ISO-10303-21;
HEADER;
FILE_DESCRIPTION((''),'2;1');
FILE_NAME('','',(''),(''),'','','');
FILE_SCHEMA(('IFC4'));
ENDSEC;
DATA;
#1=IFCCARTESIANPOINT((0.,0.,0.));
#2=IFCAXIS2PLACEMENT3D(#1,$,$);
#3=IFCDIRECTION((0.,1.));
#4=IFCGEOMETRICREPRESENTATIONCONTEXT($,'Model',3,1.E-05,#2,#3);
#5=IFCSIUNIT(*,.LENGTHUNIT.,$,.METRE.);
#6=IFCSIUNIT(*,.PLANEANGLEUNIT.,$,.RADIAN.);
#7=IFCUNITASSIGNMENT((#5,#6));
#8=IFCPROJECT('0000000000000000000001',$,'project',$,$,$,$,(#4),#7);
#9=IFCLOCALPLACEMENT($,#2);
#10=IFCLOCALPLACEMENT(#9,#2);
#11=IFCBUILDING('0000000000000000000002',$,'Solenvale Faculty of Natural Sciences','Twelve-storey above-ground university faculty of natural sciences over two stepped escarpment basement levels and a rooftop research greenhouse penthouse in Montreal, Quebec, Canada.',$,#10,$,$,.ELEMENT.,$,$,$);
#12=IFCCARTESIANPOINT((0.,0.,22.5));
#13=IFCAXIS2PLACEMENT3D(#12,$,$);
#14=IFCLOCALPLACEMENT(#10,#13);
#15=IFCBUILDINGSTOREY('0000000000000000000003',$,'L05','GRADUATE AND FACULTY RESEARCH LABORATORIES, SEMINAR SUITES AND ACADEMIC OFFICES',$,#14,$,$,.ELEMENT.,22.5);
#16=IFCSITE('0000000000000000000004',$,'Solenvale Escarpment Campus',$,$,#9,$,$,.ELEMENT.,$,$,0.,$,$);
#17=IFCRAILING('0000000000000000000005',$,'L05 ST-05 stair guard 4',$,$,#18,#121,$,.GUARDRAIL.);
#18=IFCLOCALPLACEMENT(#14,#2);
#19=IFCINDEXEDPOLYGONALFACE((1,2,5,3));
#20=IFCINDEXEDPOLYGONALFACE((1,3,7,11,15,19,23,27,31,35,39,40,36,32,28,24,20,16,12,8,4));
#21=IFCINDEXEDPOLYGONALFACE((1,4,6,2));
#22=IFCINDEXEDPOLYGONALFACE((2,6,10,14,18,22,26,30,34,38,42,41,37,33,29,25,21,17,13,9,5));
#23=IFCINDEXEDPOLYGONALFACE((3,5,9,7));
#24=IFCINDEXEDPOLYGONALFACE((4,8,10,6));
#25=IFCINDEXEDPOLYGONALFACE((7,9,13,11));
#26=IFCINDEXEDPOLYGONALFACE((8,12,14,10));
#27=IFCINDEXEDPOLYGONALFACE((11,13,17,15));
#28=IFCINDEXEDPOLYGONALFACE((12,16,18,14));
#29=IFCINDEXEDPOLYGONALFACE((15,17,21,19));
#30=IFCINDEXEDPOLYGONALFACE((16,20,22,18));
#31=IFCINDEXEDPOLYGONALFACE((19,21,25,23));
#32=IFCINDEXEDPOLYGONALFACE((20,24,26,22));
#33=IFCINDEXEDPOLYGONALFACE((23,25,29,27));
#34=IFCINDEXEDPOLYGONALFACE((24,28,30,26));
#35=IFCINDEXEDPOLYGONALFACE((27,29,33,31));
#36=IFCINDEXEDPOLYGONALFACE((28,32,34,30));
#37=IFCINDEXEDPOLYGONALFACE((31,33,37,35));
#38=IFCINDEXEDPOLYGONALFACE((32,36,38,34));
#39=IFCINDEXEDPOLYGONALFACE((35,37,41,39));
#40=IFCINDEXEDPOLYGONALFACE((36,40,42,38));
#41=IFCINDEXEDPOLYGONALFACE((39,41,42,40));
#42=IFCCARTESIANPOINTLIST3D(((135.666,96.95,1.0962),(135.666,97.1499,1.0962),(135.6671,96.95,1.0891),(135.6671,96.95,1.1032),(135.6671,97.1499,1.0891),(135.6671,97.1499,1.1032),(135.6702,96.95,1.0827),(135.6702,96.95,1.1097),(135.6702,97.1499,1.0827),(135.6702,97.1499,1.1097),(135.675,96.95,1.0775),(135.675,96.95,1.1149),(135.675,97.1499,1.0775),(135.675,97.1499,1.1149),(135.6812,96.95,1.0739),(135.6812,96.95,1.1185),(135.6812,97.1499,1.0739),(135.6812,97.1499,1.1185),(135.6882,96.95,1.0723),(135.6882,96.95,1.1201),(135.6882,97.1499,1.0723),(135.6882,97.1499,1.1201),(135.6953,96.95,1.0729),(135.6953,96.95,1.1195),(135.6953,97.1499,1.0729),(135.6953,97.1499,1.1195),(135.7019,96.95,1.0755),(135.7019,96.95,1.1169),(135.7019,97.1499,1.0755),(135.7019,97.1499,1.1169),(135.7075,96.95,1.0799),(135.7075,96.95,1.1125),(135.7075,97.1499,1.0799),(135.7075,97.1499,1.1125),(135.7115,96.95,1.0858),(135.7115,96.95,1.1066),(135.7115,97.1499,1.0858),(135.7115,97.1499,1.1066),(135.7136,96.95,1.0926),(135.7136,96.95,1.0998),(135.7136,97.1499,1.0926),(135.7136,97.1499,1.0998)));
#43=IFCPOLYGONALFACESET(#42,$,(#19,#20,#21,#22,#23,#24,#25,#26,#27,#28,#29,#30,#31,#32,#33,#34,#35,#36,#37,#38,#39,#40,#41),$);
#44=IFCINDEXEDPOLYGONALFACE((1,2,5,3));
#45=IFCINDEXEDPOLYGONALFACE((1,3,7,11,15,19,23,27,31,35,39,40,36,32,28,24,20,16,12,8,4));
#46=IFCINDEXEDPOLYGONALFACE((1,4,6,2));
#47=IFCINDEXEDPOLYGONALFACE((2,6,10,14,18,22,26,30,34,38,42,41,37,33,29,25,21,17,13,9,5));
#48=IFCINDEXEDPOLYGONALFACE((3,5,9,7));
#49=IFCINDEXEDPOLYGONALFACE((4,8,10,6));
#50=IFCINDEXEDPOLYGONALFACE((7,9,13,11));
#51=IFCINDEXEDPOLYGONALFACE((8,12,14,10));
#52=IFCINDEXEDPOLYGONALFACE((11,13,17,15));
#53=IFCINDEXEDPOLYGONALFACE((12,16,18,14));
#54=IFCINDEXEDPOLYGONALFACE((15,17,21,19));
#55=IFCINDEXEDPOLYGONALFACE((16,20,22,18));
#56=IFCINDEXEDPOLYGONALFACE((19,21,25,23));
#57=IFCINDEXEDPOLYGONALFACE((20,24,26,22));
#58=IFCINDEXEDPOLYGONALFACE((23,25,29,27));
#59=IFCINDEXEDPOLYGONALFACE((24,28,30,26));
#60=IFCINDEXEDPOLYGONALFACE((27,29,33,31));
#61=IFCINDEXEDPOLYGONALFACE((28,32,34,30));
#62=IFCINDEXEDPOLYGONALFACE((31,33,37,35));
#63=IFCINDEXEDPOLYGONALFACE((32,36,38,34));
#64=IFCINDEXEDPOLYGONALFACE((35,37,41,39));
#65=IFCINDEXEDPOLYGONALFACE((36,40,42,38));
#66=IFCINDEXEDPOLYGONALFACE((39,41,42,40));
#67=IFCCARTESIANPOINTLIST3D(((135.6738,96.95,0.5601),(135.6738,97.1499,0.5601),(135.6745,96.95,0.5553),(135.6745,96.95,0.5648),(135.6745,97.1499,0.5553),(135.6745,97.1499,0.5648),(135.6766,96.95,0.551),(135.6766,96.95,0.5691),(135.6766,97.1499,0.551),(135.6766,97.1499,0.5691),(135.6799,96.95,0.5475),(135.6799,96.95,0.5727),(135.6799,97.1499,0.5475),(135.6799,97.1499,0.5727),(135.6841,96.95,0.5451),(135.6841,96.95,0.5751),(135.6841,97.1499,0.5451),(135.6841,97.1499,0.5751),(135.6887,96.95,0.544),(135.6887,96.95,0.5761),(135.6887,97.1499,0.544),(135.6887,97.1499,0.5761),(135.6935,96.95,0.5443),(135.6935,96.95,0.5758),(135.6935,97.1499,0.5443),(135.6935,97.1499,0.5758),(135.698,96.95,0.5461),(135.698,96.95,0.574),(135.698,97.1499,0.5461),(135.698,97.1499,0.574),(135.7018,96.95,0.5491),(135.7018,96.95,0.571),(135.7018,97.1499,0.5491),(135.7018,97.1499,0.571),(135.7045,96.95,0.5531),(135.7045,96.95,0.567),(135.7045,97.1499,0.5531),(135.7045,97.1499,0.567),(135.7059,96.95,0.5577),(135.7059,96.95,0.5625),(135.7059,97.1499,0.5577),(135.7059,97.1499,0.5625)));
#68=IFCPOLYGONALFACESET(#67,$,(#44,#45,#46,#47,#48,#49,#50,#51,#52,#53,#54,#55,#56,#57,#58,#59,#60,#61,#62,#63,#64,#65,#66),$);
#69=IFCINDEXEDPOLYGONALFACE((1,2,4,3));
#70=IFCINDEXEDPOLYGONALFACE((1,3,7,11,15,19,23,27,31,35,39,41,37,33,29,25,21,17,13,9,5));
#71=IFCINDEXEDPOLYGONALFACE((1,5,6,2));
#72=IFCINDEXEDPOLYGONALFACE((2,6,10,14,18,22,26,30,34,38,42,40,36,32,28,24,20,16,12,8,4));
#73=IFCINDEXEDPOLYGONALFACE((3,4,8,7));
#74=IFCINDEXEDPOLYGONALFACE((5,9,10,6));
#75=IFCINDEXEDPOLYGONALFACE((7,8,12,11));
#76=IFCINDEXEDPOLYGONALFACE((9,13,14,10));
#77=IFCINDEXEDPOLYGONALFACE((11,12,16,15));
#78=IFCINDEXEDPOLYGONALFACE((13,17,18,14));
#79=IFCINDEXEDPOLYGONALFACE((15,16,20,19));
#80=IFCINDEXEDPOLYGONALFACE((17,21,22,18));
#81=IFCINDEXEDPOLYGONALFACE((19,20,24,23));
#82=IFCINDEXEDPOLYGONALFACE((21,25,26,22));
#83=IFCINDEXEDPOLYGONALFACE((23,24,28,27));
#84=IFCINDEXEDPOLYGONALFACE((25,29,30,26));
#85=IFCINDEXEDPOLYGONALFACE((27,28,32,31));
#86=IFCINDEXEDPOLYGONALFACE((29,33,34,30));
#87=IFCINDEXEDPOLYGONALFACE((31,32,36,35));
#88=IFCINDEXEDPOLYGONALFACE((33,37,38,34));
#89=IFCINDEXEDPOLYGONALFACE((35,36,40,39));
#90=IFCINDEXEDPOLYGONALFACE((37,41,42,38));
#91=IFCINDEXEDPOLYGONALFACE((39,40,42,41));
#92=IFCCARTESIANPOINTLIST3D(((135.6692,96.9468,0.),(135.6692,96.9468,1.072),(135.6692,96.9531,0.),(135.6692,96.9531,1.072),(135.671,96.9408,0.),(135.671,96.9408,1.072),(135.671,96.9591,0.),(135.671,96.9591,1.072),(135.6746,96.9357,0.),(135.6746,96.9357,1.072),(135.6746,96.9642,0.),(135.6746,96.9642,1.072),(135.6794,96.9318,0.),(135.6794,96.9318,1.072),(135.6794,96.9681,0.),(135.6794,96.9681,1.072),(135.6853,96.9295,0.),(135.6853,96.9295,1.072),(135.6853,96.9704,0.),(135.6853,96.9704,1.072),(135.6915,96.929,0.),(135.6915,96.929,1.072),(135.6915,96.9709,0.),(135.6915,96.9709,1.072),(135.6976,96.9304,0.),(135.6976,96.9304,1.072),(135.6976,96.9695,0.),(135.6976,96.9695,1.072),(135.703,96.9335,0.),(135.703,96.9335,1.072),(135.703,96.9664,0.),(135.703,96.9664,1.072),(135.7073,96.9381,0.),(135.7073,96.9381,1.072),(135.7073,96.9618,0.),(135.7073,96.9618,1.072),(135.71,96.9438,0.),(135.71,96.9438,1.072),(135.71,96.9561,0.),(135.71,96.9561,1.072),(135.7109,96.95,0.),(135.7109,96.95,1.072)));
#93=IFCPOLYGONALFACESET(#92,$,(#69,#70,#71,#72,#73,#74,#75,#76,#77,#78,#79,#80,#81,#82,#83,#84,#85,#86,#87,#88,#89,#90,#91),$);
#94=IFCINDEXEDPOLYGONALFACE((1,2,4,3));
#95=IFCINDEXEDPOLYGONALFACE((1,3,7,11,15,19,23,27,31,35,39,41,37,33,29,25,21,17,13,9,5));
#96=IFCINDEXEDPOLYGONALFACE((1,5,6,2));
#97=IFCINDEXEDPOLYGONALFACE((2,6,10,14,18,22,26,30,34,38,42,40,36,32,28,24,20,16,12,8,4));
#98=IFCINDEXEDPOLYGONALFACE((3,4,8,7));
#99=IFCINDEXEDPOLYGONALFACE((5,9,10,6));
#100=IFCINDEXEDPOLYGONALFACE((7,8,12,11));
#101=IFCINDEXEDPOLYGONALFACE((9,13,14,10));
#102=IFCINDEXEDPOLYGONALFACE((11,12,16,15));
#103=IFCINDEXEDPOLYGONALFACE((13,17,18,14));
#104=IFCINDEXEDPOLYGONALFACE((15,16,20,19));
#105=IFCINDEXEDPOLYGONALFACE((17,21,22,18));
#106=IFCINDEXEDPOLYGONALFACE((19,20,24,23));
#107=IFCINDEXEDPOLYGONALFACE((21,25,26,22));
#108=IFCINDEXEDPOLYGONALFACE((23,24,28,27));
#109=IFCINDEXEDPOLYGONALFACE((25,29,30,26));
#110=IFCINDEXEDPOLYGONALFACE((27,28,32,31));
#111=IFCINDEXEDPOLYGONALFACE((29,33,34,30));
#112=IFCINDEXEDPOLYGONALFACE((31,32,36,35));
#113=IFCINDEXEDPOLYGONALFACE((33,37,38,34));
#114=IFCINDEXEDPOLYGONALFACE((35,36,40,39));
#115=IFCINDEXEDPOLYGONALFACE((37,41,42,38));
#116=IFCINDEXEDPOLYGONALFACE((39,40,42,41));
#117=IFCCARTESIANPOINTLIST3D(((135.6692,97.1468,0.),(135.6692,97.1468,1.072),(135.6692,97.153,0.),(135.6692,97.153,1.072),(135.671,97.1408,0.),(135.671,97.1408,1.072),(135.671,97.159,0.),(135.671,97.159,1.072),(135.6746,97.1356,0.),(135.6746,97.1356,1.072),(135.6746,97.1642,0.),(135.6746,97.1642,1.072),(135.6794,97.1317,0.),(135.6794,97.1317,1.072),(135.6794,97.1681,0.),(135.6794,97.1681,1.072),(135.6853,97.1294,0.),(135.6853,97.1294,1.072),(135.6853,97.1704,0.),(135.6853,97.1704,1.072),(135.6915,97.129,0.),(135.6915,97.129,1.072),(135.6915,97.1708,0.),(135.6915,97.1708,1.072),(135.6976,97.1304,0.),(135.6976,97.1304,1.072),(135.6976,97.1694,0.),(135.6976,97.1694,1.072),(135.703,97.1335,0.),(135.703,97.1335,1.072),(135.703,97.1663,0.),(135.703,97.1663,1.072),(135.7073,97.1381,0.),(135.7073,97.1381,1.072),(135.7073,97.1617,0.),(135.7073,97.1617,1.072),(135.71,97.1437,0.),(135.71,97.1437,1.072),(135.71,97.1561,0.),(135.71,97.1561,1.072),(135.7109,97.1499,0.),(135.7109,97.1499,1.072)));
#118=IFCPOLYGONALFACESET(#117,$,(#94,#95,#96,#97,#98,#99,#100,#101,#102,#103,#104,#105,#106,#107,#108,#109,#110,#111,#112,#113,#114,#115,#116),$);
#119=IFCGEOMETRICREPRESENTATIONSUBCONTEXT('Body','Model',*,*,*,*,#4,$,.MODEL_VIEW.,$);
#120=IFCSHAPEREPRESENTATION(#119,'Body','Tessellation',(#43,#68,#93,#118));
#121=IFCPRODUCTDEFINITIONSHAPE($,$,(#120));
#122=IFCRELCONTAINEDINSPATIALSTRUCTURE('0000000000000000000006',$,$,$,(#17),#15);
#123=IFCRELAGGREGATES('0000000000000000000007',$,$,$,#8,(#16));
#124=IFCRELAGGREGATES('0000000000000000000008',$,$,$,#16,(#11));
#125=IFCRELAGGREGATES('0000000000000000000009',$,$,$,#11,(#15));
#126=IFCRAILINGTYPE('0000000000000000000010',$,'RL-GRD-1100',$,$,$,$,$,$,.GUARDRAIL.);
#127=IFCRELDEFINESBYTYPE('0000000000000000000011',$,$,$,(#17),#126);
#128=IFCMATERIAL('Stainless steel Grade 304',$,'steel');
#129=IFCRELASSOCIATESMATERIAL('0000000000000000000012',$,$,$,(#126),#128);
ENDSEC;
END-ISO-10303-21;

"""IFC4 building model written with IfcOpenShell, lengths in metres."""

from ifc_helpers import new_model, si_unit, direction, frame, origin, origin_2d, place, context, subcontext, project, spatial, circle, extrude, material, type_object, element, save


model = new_model("IFC4")

# Units and contexts
model_context = context("Model", 3, precision=1e-05, world=origin(), true_north=direction((0.0, 1.0)))
body_context = subcontext(model_context, "Body", "Model", "MODEL_VIEW")
ifc_project = project(units=[si_unit("LENGTHUNIT", "METRE"), si_unit("PLANEANGLEUNIT", "RADIAN")], contexts=[model_context])

# Site, building, storey
site_placement = place(None, origin())
site = spatial("IfcSite", under=ifc_project, at=site_placement, Name="Solenvale Escarpment Campus", CompositionType="ELEMENT", RefElevation=0.0)
building_placement = place(site_placement, origin())
building = spatial("IfcBuilding", under=site, at=building_placement, Name="Solenvale Faculty of Natural Sciences", Description="Twelve-storey above-ground university faculty of natural sciences over two stepped escarpment basement levels and a rooftop research greenhouse penthouse in Montreal, Quebec, Canada.", CompositionType="ELEMENT")
storey_placement = place(building_placement, frame((0.0, 0.0, 22.5)))
storey = spatial("IfcBuildingStorey", under=building, at=storey_placement, Name="L05", Description="GRADUATE AND FACULTY RESEARCH LABORATORIES, SEMINAR SUITES AND ACADEMIC OFFICES", CompositionType="ELEMENT", Elevation=22.5)

# Railing
ifc_material_1 = material(Name="Stainless steel Grade 304", Category="steel")
railing_type_1 = type_object("IfcRailingType", Name="RL-GRD-1100", PredefinedType="GUARDRAIL", material=ifc_material_1)
railing_1_placement = place(storey_placement, frame((135.6899, 96.95, 0.0)))
element("IfcRailing", 1, at=railing_1_placement, inside=storey, type_object=railing_type_1, Name="L05 ST-05 stair guard 4", PredefinedType="GUARDRAIL", context=body_context, shape_type="SweptSolid", body=[
    extrude(circle(Radius=0.0239, at=origin_2d()), frame((0.0, 0.0, 1.0962), z_axis=(0.0, 1.0, 0.0), x_axis=(-1.0, 0.0, 0.0)), (0.0, 0.0, 1.0), 0.2),
    extrude(circle(Radius=0.0161, at=origin_2d()), frame((0.0, 0.0, 0.5601), z_axis=(0.0, 1.0, 0.0), x_axis=(-1.0, 0.0, 0.0)), (0.0, 0.0, 1.0), 0.2),
    extrude(circle(Radius=0.021, at=origin_2d()), origin(), (0.0, 0.0, 1.0), 1.072),
    extrude(circle(Radius=0.021, at=origin_2d()), frame((0.0, 0.2, 0.0)), (0.0, 0.0, 1.0), 1.072),
])

save(model, "model.ifc")
